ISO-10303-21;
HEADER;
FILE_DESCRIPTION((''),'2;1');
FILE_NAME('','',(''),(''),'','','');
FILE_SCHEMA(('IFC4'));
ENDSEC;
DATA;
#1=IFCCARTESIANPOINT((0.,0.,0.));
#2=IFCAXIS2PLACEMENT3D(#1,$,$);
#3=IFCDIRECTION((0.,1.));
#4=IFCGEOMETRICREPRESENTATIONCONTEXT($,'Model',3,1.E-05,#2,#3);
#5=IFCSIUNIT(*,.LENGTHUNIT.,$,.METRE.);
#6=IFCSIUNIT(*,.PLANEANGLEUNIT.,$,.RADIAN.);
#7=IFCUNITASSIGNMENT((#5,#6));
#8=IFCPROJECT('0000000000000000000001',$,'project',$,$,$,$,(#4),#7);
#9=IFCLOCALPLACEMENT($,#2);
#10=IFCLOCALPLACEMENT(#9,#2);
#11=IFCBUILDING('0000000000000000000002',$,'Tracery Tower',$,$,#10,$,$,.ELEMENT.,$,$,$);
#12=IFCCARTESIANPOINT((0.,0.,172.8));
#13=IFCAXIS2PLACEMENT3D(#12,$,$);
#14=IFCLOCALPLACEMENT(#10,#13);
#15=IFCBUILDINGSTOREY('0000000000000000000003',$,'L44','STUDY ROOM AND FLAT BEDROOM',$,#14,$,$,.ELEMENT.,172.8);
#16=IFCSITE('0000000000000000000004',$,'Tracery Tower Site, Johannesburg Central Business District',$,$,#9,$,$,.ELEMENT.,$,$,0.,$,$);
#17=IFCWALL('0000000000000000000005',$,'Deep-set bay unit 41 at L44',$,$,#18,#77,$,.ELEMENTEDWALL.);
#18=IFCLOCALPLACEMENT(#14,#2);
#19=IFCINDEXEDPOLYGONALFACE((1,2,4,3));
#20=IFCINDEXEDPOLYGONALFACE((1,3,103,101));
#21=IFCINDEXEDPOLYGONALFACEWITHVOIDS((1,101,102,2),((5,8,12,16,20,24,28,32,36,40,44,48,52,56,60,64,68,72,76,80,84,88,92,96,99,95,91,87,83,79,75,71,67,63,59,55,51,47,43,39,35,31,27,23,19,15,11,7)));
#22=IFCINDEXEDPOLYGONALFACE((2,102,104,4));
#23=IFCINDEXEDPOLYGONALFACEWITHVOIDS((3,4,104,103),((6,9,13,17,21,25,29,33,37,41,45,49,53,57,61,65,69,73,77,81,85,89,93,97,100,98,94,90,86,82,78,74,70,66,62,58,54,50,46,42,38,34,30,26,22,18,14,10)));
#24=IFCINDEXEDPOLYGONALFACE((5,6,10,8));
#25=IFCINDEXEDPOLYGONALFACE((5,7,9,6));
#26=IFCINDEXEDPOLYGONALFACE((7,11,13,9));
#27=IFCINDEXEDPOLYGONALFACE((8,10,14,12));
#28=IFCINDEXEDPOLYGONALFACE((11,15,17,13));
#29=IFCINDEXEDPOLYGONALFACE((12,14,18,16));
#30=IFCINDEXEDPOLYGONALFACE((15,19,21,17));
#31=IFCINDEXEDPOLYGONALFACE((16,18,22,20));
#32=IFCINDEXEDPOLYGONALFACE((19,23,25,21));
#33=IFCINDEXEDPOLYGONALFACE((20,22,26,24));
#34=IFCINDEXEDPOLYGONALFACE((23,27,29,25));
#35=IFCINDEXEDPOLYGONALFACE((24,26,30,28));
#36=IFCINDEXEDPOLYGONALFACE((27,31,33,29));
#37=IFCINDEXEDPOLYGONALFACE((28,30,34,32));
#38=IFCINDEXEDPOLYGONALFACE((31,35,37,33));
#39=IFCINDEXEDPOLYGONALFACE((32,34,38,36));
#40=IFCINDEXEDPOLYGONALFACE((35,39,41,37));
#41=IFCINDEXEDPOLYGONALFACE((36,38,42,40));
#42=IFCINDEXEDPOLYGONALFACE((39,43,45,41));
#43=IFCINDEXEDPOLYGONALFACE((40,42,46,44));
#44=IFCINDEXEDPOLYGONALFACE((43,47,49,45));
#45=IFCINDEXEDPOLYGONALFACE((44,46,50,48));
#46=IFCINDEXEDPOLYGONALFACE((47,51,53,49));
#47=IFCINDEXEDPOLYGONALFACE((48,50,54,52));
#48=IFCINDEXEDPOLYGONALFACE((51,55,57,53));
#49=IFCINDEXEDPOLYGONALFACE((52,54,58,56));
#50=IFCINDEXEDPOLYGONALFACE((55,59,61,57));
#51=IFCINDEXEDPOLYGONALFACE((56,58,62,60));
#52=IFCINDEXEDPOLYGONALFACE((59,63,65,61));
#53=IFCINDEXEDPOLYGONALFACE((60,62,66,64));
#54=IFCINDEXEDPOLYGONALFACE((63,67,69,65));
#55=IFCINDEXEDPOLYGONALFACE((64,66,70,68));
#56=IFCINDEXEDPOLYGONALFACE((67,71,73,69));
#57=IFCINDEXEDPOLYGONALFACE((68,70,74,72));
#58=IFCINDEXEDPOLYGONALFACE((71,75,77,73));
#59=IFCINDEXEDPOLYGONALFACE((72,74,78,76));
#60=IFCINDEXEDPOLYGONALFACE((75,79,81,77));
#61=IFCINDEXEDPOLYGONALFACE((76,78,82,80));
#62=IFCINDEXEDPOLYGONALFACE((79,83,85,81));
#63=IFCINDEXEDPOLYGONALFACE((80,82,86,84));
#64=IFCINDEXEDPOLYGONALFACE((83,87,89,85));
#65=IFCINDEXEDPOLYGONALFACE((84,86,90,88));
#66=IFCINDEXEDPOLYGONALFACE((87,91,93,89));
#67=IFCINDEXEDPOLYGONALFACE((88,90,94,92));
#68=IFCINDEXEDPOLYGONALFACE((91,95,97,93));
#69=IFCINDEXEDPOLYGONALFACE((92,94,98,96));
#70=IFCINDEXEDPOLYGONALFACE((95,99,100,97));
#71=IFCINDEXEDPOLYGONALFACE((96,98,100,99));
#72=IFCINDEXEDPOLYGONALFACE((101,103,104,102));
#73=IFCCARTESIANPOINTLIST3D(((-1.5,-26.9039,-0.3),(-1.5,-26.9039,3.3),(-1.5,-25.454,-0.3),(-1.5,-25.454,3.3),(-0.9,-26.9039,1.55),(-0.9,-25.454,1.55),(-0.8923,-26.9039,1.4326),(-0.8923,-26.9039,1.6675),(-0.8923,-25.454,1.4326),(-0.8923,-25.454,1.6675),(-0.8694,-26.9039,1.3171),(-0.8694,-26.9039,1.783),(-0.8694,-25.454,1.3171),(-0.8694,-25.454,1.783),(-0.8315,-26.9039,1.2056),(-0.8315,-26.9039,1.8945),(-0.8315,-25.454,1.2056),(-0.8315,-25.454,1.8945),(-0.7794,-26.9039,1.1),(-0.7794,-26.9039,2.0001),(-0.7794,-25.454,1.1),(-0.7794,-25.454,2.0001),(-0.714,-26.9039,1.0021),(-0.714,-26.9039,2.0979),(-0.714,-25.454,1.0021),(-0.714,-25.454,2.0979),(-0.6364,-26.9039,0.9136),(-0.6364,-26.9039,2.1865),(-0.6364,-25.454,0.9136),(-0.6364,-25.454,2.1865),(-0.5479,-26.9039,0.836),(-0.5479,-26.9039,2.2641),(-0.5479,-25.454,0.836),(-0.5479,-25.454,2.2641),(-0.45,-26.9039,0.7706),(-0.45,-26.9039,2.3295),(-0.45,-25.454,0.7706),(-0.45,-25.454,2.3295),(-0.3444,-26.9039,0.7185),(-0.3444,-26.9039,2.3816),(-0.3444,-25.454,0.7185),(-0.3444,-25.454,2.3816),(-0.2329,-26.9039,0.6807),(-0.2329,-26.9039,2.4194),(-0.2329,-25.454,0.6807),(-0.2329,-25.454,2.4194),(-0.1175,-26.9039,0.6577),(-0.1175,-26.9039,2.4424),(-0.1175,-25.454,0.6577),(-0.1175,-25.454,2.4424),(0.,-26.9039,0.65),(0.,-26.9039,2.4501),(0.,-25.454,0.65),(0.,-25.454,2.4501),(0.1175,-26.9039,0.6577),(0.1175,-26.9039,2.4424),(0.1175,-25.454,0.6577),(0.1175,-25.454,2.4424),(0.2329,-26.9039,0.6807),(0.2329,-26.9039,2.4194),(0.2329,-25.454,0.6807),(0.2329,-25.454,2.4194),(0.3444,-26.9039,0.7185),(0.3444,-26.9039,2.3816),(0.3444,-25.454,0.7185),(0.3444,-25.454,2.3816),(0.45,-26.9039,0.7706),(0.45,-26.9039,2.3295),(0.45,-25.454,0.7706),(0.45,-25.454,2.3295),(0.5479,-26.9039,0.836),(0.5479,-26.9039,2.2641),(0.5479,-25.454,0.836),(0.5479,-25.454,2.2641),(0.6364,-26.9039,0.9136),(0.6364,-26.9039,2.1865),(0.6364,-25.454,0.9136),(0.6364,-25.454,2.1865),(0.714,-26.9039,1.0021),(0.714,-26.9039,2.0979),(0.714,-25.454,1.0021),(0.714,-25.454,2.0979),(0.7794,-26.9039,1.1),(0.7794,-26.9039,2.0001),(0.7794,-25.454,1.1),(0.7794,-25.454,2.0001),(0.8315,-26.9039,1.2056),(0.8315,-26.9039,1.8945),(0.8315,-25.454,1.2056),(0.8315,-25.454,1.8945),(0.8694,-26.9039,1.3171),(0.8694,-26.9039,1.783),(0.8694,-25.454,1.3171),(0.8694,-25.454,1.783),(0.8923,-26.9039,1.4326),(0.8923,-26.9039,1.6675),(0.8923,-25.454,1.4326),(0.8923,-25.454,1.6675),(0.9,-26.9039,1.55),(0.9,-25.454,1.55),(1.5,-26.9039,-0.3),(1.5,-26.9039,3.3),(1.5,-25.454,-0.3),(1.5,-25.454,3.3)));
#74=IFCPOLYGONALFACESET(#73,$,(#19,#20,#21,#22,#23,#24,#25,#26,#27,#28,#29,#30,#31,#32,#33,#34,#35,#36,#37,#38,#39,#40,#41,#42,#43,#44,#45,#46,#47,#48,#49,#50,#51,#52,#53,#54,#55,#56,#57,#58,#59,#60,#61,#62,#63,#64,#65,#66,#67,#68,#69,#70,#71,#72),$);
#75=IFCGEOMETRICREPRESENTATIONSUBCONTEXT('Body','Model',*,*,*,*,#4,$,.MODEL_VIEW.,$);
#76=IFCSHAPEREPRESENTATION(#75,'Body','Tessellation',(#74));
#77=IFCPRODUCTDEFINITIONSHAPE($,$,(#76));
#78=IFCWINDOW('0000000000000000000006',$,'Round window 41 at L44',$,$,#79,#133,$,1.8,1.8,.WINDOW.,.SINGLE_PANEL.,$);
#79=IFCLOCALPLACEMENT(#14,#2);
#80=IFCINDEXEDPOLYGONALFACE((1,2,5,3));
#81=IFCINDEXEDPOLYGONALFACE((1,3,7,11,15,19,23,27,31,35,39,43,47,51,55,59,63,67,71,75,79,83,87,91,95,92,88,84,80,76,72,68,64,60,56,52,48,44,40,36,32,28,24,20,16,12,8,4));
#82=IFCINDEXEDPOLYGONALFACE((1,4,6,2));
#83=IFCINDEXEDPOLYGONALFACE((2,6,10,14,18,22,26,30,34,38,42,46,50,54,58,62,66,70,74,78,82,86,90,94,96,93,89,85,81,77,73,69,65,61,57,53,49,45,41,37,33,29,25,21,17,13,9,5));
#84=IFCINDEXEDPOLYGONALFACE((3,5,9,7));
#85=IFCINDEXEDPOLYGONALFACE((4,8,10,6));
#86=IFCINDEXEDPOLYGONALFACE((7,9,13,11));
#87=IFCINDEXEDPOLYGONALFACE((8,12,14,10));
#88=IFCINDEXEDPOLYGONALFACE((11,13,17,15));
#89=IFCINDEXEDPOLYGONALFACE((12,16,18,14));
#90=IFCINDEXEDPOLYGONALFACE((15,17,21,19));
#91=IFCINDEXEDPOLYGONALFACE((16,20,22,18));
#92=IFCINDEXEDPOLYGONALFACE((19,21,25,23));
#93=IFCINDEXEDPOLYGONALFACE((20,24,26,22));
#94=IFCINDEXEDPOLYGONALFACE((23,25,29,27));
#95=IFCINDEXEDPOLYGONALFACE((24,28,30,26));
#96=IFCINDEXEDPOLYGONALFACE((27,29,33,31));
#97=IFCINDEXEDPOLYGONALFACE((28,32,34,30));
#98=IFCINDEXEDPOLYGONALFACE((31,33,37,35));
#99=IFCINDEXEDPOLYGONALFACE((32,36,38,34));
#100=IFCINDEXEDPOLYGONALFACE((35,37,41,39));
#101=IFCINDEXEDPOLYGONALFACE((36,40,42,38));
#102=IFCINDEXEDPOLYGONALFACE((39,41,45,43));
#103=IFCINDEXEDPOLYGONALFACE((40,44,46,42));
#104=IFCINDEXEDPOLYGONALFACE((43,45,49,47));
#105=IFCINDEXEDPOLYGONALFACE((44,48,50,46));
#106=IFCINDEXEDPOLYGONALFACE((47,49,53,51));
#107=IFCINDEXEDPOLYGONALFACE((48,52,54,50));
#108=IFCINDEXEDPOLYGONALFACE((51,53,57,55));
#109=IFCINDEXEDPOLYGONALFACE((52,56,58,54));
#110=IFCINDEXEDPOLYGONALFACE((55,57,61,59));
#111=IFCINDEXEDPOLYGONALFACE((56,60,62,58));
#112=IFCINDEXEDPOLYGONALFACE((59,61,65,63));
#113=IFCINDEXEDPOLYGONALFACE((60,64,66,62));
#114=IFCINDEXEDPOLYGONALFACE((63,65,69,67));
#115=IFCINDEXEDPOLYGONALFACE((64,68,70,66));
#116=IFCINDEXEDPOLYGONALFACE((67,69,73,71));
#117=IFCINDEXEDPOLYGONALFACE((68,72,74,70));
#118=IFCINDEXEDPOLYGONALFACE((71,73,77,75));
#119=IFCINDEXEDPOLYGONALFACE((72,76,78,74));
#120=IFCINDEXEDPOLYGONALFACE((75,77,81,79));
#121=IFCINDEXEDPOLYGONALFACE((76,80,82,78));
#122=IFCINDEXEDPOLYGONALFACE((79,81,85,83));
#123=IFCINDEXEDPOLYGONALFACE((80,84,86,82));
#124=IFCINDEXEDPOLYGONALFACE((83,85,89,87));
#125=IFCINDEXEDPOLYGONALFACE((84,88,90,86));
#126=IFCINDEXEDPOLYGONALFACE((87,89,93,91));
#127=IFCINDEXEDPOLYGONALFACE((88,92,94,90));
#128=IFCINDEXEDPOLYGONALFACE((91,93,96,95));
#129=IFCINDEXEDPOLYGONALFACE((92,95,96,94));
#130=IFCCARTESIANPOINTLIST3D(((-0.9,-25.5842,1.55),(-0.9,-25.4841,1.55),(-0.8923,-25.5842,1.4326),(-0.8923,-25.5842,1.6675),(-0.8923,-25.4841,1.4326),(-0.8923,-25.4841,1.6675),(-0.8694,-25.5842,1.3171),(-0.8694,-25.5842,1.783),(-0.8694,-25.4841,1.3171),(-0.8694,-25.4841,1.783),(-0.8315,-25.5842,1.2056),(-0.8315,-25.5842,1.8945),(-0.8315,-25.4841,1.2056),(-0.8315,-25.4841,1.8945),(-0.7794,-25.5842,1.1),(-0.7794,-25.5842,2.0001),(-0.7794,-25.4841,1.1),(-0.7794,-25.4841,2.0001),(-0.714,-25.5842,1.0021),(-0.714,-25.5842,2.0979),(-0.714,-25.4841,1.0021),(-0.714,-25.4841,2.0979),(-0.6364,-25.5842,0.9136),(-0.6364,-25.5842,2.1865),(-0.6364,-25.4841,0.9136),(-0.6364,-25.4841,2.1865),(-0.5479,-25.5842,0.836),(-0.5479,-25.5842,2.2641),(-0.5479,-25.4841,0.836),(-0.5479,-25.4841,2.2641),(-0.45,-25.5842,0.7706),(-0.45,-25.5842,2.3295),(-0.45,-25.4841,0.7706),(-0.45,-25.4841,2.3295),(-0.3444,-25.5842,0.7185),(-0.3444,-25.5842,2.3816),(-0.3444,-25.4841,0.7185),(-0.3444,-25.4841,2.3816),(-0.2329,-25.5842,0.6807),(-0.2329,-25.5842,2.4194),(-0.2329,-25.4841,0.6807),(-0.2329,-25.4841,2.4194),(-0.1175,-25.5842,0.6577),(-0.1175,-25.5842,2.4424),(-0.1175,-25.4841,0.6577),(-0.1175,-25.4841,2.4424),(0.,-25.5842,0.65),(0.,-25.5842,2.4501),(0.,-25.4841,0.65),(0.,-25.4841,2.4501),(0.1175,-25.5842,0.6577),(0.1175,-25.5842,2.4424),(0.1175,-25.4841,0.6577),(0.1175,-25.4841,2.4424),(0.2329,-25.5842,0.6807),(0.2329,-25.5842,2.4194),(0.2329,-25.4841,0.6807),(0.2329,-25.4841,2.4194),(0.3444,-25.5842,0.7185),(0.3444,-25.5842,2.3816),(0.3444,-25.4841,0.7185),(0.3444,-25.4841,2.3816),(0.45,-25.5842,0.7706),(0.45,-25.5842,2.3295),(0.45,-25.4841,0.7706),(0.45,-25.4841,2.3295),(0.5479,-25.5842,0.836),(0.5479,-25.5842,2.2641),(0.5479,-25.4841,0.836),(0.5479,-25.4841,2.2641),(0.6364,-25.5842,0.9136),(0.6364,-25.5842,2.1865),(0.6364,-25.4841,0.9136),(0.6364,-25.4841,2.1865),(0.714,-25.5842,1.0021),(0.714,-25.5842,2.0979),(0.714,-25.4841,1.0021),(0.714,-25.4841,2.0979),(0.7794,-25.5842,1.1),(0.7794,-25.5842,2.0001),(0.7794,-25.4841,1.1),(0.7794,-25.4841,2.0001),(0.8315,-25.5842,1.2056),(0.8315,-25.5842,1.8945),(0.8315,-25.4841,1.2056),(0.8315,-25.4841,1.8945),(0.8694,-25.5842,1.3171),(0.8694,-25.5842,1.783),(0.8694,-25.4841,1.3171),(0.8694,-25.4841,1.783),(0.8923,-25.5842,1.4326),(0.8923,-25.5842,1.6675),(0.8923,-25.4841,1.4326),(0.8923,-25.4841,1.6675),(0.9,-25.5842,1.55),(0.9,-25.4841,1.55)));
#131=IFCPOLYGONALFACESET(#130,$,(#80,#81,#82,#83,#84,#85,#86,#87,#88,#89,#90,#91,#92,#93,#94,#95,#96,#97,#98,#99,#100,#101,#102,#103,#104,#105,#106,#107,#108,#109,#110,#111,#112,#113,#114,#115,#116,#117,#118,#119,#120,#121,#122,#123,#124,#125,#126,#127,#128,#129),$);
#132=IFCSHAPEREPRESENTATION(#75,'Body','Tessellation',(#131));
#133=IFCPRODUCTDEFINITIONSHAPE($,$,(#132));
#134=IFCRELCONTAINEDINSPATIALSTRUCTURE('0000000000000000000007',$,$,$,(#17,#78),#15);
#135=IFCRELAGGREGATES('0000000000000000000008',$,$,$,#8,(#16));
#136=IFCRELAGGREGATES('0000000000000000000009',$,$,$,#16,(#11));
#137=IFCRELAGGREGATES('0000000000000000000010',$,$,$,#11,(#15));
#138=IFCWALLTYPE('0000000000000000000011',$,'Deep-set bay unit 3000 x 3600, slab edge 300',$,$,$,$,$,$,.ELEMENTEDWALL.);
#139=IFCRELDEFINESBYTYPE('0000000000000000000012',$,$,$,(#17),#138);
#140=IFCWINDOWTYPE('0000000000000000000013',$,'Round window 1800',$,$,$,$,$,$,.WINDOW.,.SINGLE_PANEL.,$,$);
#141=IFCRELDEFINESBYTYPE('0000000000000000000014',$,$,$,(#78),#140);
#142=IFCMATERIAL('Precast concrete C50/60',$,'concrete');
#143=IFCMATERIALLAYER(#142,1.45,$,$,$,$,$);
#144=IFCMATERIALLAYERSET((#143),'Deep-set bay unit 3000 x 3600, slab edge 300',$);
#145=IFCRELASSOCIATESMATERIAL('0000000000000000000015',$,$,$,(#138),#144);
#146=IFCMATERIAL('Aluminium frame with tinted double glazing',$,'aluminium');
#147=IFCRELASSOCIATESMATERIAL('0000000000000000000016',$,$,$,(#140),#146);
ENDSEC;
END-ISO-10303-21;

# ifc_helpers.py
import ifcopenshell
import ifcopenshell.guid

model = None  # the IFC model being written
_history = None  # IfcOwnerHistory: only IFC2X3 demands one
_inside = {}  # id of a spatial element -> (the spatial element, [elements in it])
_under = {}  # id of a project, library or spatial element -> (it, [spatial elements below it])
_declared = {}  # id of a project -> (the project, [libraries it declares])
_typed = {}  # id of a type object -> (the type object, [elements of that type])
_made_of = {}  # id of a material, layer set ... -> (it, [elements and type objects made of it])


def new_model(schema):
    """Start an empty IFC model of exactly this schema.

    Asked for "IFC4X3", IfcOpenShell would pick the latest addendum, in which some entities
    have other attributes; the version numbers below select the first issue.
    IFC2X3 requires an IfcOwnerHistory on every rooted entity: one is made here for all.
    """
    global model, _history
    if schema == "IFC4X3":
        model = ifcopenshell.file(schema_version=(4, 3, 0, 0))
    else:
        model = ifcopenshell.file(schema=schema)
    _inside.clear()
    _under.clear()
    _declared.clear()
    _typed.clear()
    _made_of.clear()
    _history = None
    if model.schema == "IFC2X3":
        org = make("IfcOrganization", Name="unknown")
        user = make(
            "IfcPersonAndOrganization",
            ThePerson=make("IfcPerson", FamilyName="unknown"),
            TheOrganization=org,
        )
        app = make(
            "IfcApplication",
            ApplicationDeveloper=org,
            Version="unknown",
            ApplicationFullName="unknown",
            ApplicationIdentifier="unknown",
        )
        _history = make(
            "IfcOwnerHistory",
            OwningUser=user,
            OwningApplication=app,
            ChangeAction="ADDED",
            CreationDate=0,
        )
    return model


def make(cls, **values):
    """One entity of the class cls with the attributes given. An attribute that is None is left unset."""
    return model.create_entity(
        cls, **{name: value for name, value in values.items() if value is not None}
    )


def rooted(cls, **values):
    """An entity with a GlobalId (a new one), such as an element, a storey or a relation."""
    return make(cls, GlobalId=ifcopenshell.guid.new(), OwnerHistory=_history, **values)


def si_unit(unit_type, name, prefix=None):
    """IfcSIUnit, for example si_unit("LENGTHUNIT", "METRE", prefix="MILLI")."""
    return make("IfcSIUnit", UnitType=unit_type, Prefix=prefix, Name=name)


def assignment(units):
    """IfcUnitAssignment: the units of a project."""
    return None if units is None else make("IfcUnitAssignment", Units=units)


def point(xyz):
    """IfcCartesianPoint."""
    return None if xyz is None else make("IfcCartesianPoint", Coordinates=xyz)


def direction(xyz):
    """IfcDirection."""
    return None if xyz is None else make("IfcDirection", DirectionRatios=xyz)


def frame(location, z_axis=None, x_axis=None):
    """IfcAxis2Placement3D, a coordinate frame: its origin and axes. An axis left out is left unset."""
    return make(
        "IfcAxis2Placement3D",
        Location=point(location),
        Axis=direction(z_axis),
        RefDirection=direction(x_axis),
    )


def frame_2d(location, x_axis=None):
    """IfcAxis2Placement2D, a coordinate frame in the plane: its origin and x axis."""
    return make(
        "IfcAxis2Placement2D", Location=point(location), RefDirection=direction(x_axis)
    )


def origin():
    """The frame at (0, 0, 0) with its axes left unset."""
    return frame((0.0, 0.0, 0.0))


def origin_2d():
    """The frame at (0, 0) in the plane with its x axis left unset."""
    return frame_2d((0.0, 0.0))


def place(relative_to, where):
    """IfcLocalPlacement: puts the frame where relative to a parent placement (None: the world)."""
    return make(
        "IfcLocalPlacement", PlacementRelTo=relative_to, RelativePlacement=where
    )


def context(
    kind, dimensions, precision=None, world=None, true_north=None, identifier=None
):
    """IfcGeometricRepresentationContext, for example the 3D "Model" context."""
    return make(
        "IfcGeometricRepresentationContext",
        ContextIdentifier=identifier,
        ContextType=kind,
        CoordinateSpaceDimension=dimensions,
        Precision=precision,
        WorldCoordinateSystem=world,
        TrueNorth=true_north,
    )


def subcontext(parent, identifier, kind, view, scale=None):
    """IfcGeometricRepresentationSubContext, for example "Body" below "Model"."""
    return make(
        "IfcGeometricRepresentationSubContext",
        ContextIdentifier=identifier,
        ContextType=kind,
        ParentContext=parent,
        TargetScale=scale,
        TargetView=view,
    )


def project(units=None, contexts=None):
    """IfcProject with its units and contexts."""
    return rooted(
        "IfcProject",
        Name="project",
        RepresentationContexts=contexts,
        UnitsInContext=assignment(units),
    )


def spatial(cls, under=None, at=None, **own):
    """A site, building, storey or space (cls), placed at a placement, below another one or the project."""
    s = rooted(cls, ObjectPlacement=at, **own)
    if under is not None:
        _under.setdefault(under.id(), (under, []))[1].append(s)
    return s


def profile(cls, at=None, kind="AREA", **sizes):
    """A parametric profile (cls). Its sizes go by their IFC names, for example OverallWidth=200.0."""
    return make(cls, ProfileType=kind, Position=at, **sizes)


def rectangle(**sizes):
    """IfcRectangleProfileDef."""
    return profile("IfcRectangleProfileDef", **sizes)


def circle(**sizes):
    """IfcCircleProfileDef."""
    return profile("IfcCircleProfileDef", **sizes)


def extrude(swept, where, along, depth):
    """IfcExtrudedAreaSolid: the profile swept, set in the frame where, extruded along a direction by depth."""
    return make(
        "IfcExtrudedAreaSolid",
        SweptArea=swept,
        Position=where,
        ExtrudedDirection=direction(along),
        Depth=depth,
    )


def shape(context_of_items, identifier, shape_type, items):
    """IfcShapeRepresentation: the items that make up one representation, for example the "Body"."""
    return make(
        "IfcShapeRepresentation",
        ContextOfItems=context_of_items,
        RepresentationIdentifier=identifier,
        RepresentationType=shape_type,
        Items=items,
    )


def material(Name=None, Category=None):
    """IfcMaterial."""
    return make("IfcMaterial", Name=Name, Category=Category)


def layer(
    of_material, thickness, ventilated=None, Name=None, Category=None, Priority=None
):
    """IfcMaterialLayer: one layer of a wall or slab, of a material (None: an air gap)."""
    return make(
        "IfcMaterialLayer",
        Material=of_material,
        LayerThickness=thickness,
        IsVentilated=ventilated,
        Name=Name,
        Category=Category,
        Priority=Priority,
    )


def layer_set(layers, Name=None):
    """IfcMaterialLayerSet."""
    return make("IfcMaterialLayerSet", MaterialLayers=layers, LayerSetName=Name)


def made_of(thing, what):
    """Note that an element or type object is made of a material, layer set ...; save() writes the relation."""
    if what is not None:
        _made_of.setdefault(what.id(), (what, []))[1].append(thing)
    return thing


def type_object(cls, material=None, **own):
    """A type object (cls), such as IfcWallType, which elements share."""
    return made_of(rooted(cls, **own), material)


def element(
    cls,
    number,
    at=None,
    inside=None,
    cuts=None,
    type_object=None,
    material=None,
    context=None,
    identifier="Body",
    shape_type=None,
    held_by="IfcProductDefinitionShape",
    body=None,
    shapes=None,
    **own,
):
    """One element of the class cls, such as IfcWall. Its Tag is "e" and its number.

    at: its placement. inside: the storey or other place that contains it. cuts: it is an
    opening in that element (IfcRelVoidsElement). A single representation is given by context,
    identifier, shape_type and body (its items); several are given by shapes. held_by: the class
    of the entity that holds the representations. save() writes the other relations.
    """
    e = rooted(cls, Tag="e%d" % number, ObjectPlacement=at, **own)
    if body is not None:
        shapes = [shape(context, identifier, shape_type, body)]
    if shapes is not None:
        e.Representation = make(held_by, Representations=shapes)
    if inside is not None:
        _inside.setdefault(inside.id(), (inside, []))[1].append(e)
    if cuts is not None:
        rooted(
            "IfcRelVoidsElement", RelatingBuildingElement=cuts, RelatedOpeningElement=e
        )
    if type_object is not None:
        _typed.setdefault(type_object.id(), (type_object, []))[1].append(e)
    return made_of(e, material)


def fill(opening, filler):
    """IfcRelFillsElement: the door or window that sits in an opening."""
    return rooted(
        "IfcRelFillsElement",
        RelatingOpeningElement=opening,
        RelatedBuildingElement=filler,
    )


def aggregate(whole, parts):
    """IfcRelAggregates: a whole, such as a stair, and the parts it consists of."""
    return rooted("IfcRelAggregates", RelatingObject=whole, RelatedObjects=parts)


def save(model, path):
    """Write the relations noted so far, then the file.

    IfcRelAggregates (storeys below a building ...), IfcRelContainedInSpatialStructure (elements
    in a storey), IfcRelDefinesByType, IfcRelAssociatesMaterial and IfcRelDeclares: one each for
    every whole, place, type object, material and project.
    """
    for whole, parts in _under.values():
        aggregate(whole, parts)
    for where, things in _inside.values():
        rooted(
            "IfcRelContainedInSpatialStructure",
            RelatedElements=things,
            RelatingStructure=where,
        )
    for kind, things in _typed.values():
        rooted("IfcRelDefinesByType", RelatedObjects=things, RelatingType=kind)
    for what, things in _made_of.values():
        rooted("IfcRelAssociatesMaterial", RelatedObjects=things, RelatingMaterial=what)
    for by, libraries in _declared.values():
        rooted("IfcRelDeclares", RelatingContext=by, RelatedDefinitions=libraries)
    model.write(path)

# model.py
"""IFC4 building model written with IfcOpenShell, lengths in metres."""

from ifc_helpers import new_model, si_unit, direction, frame, frame_2d, origin, origin_2d, place, context, subcontext, project, spatial, rectangle, circle, extrude, material, layer, layer_set, type_object, element, fill, save


model = new_model("IFC4")

# Units and contexts
model_context = context("Model", 3, precision=1e-05, world=origin(), true_north=direction((0.0, 1.0)))
body_context = subcontext(model_context, "Body", "Model", "MODEL_VIEW")
ifc_project = project(units=[si_unit("LENGTHUNIT", "METRE"), si_unit("PLANEANGLEUNIT", "RADIAN")], contexts=[model_context])

# Site, building, storey
site_placement = place(None, origin())
site = spatial("IfcSite", under=ifc_project, at=site_placement, Name="Tracery Tower Site, Johannesburg Central Business District", CompositionType="ELEMENT", RefElevation=0.0)
building_placement = place(site_placement, origin())
building = spatial("IfcBuilding", under=site, at=building_placement, Name="Tracery Tower", CompositionType="ELEMENT")
storey_placement = place(building_placement, frame((0.0, 0.0, 172.8)))
storey = spatial("IfcBuildingStorey", under=building, at=storey_placement, Name="L44", Description="STUDY ROOM AND FLAT BEDROOM", CompositionType="ELEMENT", Elevation=172.8)

# Wall, opening, window
ifc_material_1 = material(Name="Precast concrete C50/60", Category="concrete")
ifc_layer_1 = layer(ifc_material_1, 1.45)
ifc_layer_set_1 = layer_set([ifc_layer_1], Name="Deep-set bay unit 3000 x 3600, slab edge 300")
wall_type_1 = type_object("IfcWallType", Name="Deep-set bay unit 3000 x 3600, slab edge 300", PredefinedType="ELEMENTEDWALL", material=ifc_layer_set_1)
ifc_material_2 = material(Name="Aluminium frame with tinted double glazing", Category="aluminium")
window_type = type_object("IfcWindowType", Name="Round window 1800", PartitioningType="SINGLE_PANEL", PredefinedType="WINDOW", material=ifc_material_2)
wall_1_placement = place(storey_placement, frame((-1.5, -26.179, -0.3), z_axis=(0.0, 0.0, 1.0), x_axis=(1.0, 0.0, 0.0)))
wall_1 = element("IfcWall", 1, at=wall_1_placement, inside=storey, type_object=wall_type_1, Name="Deep-set bay unit 41 at L44", PredefinedType="ELEMENTEDWALL", context=body_context, shape_type="SweptSolid", body=[
    extrude(rectangle(XDim=3.0, YDim=1.45, at=frame_2d((1.5, 0.0))), origin(), (0.0, 0.0, 1.0), 3.6001),
])
opening_1_placement = place(wall_1_placement, frame((1.5, 0.0, 1.8501)))
opening_1 = element("IfcOpeningElement", 2, at=opening_1_placement, cuts=wall_1, PredefinedType="OPENING", context=body_context, shape_type="SweptSolid", body=[
    extrude(circle(Radius=0.9, at=origin_2d()), frame((0.0, 0.7349, 0.0), z_axis=(0.0, -1.0, 0.0), x_axis=(1.0, 0.0, 0.0)), (0.0, 0.0, 1.0), 1.47),
])
window_1_placement = place(opening_1_placement, origin())
window_1 = element("IfcWindow", 3, at=window_1_placement, inside=storey, type_object=window_type, Name="Round window 41 at L44", OverallHeight=1.8, OverallWidth=1.8, PartitioningType="SINGLE_PANEL", PredefinedType="WINDOW", context=body_context, shape_type="SweptSolid", body=[
    extrude(circle(Radius=0.9, at=origin_2d()), frame((0.0, 0.6948, 0.0), z_axis=(0.0, -1.0, 0.0), x_axis=(1.0, 0.0, 0.0)), (0.0, 0.0, 1.0), 0.1001),
])
fill(opening_1, window_1)

save(model, "model.ifc")
